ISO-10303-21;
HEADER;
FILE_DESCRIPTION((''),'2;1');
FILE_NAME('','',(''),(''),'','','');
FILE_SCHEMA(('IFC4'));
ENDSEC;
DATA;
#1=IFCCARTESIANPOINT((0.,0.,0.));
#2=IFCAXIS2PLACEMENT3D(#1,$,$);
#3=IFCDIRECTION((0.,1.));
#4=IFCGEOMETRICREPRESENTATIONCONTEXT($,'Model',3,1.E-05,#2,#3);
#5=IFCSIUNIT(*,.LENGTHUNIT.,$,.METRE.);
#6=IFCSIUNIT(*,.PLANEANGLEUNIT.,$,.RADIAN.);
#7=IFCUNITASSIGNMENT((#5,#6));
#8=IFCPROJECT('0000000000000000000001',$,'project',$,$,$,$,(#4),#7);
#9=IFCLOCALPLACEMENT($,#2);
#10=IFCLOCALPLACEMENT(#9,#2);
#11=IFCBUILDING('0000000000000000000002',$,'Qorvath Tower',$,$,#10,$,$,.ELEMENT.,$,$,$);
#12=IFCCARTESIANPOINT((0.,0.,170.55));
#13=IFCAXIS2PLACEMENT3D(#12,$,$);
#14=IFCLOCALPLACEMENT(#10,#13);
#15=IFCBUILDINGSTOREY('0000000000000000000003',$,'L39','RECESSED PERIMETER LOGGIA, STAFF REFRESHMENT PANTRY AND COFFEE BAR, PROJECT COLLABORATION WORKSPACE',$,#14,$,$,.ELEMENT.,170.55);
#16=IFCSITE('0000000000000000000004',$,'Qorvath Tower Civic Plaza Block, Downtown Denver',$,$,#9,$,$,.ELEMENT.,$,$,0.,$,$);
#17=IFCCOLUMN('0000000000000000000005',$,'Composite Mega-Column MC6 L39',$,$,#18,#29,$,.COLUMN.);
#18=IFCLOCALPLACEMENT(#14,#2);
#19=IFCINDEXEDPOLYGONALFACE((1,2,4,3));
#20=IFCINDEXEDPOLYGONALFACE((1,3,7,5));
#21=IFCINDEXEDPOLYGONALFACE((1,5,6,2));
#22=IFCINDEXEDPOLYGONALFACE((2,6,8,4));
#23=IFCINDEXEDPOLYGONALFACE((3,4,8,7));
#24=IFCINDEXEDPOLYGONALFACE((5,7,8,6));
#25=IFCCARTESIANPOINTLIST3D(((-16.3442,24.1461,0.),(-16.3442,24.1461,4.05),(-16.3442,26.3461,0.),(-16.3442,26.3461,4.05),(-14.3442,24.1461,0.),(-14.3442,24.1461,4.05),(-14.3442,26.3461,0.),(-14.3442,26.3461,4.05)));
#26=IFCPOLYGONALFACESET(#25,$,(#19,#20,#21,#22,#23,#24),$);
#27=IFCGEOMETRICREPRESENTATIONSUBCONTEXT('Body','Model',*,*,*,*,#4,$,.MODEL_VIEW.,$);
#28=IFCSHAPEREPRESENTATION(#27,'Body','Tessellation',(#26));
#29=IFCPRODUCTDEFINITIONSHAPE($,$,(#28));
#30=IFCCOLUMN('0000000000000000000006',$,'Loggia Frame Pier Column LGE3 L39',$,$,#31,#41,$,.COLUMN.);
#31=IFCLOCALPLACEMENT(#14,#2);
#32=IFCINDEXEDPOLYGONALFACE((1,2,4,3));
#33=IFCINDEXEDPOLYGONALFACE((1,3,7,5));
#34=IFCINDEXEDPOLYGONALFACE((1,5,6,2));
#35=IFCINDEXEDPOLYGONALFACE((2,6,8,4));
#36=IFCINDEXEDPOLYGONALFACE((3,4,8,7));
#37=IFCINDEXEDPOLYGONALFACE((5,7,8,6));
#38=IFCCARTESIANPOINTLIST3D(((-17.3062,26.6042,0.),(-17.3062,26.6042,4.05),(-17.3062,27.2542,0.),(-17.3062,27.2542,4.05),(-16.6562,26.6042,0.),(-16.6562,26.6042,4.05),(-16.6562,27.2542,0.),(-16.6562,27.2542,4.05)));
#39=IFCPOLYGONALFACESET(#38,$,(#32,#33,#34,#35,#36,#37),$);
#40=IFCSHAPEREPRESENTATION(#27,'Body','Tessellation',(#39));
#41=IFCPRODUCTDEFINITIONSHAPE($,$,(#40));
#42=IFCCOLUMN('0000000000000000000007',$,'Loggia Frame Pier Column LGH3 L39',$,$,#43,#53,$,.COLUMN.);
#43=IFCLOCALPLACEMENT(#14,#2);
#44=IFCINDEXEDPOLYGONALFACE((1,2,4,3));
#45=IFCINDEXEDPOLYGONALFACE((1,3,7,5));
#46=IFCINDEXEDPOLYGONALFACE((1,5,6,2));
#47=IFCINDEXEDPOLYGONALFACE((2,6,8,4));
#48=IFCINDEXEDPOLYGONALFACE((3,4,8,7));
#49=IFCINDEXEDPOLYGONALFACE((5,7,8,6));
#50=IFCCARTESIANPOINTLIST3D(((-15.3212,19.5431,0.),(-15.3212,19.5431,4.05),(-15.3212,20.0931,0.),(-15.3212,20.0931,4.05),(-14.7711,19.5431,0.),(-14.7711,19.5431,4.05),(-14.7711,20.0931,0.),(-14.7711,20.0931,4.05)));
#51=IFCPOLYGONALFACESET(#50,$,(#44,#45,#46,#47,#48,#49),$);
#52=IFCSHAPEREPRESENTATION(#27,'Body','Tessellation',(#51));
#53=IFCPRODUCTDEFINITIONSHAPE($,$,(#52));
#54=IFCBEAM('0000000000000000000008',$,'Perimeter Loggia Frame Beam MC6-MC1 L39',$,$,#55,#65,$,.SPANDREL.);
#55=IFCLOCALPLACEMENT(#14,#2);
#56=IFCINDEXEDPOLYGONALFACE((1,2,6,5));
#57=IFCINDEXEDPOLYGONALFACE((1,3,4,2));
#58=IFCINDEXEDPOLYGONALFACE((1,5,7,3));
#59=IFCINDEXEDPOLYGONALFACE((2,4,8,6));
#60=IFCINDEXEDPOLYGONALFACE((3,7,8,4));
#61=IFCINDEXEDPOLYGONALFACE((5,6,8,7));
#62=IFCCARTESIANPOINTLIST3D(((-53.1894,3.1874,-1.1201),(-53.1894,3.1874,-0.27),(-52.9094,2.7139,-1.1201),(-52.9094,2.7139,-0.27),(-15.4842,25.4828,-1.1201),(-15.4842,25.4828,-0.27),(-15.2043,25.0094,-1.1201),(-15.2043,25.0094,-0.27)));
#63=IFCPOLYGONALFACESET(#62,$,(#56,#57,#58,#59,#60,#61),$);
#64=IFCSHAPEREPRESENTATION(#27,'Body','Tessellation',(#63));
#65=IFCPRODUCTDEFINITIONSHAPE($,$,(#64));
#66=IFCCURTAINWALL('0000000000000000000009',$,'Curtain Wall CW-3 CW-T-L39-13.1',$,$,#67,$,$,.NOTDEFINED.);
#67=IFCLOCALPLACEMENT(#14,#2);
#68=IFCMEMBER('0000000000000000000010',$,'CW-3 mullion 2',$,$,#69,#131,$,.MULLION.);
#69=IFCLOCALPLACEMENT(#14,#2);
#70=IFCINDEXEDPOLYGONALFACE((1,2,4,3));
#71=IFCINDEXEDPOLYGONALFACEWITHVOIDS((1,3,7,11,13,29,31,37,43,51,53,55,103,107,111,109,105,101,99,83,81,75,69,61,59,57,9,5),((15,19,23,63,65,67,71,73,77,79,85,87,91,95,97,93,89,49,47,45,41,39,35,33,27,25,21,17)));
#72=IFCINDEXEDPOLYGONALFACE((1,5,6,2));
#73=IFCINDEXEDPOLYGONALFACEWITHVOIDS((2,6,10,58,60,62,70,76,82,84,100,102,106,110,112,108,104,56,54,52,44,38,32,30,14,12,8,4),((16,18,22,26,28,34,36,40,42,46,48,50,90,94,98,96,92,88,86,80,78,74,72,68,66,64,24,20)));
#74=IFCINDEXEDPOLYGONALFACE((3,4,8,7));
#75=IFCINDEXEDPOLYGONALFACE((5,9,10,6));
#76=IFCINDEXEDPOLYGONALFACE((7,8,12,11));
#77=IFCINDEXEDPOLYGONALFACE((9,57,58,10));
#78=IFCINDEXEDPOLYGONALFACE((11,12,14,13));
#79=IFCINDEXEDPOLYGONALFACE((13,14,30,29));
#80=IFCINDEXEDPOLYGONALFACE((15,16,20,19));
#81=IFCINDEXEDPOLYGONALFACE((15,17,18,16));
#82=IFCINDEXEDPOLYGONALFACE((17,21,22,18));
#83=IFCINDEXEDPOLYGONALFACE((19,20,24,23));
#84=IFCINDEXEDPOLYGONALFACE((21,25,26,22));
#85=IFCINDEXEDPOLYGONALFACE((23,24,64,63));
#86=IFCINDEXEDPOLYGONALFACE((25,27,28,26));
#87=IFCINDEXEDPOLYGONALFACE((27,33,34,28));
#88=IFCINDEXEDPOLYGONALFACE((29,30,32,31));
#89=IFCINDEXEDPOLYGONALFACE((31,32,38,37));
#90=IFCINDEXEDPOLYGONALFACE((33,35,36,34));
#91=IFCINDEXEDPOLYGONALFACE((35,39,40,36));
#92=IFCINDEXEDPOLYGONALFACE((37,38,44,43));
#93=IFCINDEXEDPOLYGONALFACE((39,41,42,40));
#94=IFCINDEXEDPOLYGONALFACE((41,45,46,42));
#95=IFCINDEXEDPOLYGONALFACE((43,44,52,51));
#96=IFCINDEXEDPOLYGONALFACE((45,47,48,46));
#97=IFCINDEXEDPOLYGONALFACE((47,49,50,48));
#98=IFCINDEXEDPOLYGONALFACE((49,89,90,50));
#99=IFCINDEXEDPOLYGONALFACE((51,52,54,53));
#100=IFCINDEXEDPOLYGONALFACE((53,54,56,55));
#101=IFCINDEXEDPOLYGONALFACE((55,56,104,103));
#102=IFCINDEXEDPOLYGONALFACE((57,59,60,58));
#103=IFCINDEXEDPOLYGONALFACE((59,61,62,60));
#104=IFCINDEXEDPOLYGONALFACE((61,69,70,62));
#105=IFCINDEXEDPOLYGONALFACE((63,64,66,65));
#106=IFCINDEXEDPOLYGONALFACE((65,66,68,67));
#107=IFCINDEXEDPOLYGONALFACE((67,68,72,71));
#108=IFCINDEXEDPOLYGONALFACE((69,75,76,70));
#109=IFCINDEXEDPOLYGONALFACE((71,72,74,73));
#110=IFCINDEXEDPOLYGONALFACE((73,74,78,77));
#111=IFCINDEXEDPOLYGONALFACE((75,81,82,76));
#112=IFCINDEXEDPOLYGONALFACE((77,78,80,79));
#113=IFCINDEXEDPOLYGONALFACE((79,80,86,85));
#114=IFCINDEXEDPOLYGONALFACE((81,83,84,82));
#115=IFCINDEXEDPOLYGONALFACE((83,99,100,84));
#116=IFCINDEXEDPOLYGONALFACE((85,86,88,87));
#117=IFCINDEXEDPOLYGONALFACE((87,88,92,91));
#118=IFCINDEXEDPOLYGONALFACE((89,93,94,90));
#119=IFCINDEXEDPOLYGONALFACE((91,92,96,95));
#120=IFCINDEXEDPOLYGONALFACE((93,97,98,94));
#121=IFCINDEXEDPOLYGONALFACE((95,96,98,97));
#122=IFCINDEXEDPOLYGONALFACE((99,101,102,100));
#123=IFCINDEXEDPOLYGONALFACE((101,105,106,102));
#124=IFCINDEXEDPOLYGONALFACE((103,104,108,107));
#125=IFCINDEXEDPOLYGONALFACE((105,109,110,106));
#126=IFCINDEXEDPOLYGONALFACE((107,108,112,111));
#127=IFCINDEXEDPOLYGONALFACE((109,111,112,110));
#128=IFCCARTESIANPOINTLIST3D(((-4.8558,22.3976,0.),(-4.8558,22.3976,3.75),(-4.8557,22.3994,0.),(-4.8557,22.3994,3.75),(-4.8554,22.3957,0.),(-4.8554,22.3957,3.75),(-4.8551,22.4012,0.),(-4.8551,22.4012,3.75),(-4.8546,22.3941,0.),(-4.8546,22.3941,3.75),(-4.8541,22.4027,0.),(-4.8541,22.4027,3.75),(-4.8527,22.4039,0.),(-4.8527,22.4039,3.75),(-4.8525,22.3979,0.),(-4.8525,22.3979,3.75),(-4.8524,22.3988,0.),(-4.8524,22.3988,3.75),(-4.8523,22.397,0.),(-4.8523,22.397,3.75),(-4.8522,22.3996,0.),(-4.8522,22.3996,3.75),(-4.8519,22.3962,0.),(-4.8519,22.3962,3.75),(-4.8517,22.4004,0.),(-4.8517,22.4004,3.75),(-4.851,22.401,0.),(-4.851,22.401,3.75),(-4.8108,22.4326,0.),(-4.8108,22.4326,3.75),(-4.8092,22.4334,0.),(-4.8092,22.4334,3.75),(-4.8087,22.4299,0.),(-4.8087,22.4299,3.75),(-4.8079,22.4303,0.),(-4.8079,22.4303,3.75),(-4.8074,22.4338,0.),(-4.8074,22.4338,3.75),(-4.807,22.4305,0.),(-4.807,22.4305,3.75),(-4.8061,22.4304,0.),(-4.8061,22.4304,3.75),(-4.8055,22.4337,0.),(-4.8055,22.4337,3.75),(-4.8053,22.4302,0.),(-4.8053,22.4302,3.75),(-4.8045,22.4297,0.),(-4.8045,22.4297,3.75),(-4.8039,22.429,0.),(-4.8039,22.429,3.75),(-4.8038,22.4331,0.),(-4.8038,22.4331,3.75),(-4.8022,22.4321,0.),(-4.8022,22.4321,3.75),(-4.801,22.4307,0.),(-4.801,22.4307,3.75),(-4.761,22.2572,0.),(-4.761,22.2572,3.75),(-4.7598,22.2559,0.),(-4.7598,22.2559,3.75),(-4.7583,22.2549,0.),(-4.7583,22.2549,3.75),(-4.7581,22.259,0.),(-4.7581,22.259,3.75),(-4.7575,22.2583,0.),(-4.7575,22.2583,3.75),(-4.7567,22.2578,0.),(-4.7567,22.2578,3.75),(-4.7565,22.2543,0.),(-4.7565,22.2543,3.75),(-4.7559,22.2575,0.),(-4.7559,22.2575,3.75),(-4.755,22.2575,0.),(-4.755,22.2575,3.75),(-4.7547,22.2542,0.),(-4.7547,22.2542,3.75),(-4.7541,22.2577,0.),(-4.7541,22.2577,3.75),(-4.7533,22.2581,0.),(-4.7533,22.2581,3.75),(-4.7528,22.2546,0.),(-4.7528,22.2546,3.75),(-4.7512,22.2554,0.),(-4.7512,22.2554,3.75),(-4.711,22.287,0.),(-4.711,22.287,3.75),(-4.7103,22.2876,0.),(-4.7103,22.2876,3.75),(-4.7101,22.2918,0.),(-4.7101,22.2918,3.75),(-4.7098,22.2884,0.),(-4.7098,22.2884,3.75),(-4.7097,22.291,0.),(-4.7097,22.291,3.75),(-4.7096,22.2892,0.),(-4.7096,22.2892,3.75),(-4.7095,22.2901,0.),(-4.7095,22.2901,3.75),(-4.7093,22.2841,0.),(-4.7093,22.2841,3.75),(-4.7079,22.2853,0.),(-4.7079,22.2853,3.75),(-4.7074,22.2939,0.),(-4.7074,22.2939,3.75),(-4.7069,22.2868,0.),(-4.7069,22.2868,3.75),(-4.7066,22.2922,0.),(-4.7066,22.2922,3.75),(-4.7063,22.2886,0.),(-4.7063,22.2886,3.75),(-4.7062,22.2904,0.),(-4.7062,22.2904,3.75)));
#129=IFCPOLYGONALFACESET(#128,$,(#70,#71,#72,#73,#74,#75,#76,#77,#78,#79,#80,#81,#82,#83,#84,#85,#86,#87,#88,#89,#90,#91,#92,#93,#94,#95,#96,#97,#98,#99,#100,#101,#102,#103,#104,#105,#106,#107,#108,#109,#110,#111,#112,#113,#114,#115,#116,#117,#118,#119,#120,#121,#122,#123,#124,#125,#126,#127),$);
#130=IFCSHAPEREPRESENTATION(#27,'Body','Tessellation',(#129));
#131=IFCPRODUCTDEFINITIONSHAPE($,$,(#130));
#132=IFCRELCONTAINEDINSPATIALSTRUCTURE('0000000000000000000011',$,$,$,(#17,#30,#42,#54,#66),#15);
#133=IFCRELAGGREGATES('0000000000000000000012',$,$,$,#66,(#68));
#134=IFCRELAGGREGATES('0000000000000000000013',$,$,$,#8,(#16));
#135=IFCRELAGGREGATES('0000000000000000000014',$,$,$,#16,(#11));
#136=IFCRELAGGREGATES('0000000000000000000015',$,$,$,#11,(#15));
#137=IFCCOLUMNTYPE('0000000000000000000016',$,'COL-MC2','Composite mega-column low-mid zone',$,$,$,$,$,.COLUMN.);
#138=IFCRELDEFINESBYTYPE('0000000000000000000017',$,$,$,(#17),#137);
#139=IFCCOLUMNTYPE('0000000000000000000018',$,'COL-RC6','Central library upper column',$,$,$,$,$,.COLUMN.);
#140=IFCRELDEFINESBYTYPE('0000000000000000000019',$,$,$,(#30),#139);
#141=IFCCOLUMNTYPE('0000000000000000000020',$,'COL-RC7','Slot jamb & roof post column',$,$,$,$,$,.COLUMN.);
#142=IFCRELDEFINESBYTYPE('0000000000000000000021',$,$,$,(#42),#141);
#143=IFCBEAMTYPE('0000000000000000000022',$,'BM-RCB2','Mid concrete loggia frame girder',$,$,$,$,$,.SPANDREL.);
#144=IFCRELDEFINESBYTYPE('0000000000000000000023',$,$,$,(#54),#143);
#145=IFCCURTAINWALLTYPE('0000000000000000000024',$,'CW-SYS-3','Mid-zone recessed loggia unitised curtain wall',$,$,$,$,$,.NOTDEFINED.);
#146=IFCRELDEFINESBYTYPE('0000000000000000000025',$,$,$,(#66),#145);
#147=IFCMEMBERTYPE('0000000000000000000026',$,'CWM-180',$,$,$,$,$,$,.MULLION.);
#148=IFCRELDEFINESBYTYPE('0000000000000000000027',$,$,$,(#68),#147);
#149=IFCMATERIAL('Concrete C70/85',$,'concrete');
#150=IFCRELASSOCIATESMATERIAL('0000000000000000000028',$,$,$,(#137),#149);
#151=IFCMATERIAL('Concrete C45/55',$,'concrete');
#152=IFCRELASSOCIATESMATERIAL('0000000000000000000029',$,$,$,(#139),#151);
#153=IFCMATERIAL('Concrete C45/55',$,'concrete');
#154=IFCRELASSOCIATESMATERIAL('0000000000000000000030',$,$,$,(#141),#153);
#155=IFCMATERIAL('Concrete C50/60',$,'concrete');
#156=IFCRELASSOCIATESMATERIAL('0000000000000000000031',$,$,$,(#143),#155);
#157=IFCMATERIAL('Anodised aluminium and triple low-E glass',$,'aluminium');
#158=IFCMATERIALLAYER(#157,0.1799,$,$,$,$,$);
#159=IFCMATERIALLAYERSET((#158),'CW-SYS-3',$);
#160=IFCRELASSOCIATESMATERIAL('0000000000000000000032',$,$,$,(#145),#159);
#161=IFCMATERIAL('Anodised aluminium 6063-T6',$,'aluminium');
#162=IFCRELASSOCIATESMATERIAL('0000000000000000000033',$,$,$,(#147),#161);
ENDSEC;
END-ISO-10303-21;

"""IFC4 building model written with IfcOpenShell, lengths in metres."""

from ifc_helpers import new_model, si_unit, direction, frame, origin, origin_2d, place, context, subcontext, project, spatial, rectangle, hollow_rectangle, extrude, material, layer, layer_set, material_profile, profile_set, type_object, element, aggregate, save


model = new_model("IFC4")

# Units and contexts
model_context = context("Model", 3, precision=1e-05, world=origin(), true_north=direction((0.0, 1.0)))
body_context = subcontext(model_context, "Body", "Model", "MODEL_VIEW")
ifc_project = project(units=[si_unit("LENGTHUNIT", "METRE"), si_unit("PLANEANGLEUNIT", "RADIAN")], contexts=[model_context])

# Site, building, storey
site_placement = place(None, origin())
site = spatial("IfcSite", under=ifc_project, at=site_placement, Name="Qorvath Tower Civic Plaza Block, Downtown Denver", CompositionType="ELEMENT", RefElevation=0.0)
building_placement = place(site_placement, origin())
building = spatial("IfcBuilding", under=site, at=building_placement, Name="Qorvath Tower", CompositionType="ELEMENT")
storey_placement = place(building_placement, frame((0.0, 0.0, 170.55)))
storey = spatial("IfcBuildingStorey", under=building, at=storey_placement, Name="L39", Description="RECESSED PERIMETER LOGGIA, STAFF REFRESHMENT PANTRY AND COFFEE BAR, PROJECT COLLABORATION WORKSPACE", CompositionType="ELEMENT", Elevation=170.55)

# Columns
ifc_material_1 = material(Name="Concrete C70/85", Category="concrete")
ifc_material_profile_1 = material_profile(ifc_material_1, rectangle(XDim=2.0, YDim=2.2, at=origin_2d()), Name="MC 2200x2000")
ifc_profile_set_1 = profile_set([ifc_material_profile_1], Name="Concrete C70/85")
column_type_1 = type_object("IfcColumnType", Name="COL-MC2", Description="Composite mega-column low-mid zone", PredefinedType="COLUMN", material=ifc_profile_set_1)
column_1_placement = place(storey_placement, frame((-15.3442, 25.2461, 0.0), z_axis=(0.0, 0.0, 1.0), x_axis=(1.0, 0.0, 0.0)))
element("IfcColumn", 1, at=column_1_placement, inside=storey, type_object=column_type_1, Name="Composite Mega-Column MC6 L39", PredefinedType="COLUMN", context=body_context, shape_type="SweptSolid", body=[
    extrude(rectangle(XDim=2.0, YDim=2.2, at=origin_2d()), origin(), (0.0, 0.0, 1.0), 4.05),
])
ifc_material_2 = material(Name="Concrete C45/55", Category="concrete")
ifc_material_profile_2 = material_profile(ifc_material_2, rectangle(XDim=0.6499, YDim=0.6499, at=origin_2d()), Name="RC 650x650")
ifc_profile_set_2 = profile_set([ifc_material_profile_2], Name="Concrete C45/55")
column_type_2 = type_object("IfcColumnType", Name="COL-RC6", Description="Central library upper column", PredefinedType="COLUMN", material=ifc_profile_set_2)
column_2_placement = place(storey_placement, frame((-16.9812, 26.9292, 0.0), z_axis=(0.0, 0.0, 1.0), x_axis=(1.0, 0.0, 0.0)))
element("IfcColumn", 2, at=column_2_placement, inside=storey, type_object=column_type_2, Name="Loggia Frame Pier Column LGE3 L39", PredefinedType="COLUMN", context=body_context, shape_type="SweptSolid", body=[
    extrude(rectangle(XDim=0.6499, YDim=0.6499, at=origin_2d()), origin(), (0.0, 0.0, 1.0), 4.05),
])
ifc_material_3 = material(Name="Concrete C45/55", Category="concrete")
ifc_material_profile_3 = material_profile(ifc_material_3, rectangle(XDim=0.55, YDim=0.55, at=origin_2d()), Name="RC 550x550")
ifc_profile_set_3 = profile_set([ifc_material_profile_3], Name="Concrete C45/55")
column_type_3 = type_object("IfcColumnType", Name="COL-RC7", Description="Slot jamb & roof post column", PredefinedType="COLUMN", material=ifc_profile_set_3)
column_3_placement = place(storey_placement, frame((-15.0461, 19.8181, 0.0), z_axis=(0.0, 0.0, 1.0), x_axis=(1.0, 0.0, 0.0)))
element("IfcColumn", 3, at=column_3_placement, inside=storey, type_object=column_type_3, Name="Loggia Frame Pier Column LGH3 L39", PredefinedType="COLUMN", context=body_context, shape_type="SweptSolid", body=[
    extrude(rectangle(XDim=0.55, YDim=0.55, at=origin_2d()), origin(), (0.0, 0.0, 1.0), 4.05),
])

# Beam
ifc_material_4 = material(Name="Concrete C50/60", Category="concrete")
ifc_material_profile_4 = material_profile(ifc_material_4, rectangle(XDim=0.55, YDim=0.8501, at=origin_2d()), Name="RCB 850x550")
ifc_profile_set_4 = profile_set([ifc_material_profile_4], Name="Concrete C50/60")
beam_type = type_object("IfcBeamType", Name="BM-RCB2", Description="Mid concrete loggia frame girder", PredefinedType="SPANDREL", material=ifc_profile_set_4)
beam_placement = place(storey_placement, frame((-15.3442, 25.2461, -0.6951), z_axis=(-0.860775, -0.508985, 0.0), x_axis=(0.508985, -0.860775, 0.0)))
element("IfcBeam", 4, at=beam_placement, inside=storey, type_object=beam_type, Name="Perimeter Loggia Frame Beam MC6-MC1 L39", PredefinedType="SPANDREL", context=body_context, shape_type="SweptSolid", body=[
    extrude(rectangle(XDim=0.55, YDim=0.8501, at=origin_2d()), origin(), (0.0, 0.0, 1.0), 43.8037),
])

# Curtain wall, member
ifc_material_5 = material(Name="Anodised aluminium and triple low-E glass", Category="aluminium")
ifc_layer_1 = layer(ifc_material_5, 0.1799)
ifc_layer_set_1 = layer_set([ifc_layer_1], Name="CW-SYS-3")
curtain_wall_type = type_object("IfcCurtainWallType", Name="CW-SYS-3", Description="Mid-zone recessed loggia unitised curtain wall", PredefinedType="NOTDEFINED", material=ifc_layer_set_1)
curtain_wall_1_placement = place(storey_placement, origin())
curtain_wall_1 = element("IfcCurtainWall", 5, at=curtain_wall_1_placement, inside=storey, type_object=curtain_wall_type, Name="Curtain Wall CW-3 CW-T-L39-13.1", PredefinedType="NOTDEFINED")
ifc_material_6 = material(Name="Anodised aluminium 6063-T6", Category="aluminium")
ifc_material_profile_5 = material_profile(ifc_material_6, hollow_rectangle(XDim=0.0649, YDim=0.1799, WallThickness=0.0034, InnerFilletRadius=0.0034, OuterFilletRadius=0.0071, at=origin_2d()), Name="CWM 180x65")
ifc_profile_set_5 = profile_set([ifc_material_profile_5], Name="Anodised aluminium 6063-T6")
member_type_1 = type_object("IfcMemberType", Name="CWM-180", PredefinedType="MULLION", material=ifc_profile_set_5)
member_1_placement = place(storey_placement, frame((-4.781, 22.344, 0.0), z_axis=(0.0, 0.0, 1.0), x_axis=(-0.825525, -0.564366, 0.0)))
member_1 = element("IfcMember", 6, at=member_1_placement, type_object=member_type_1, Name="CW-3 mullion 2", PredefinedType="MULLION", context=body_context, shape_type="SweptSolid", body=[
    extrude(hollow_rectangle(XDim=0.0649, YDim=0.1799, WallThickness=0.0034, InnerFilletRadius=0.0034, OuterFilletRadius=0.0071, at=origin_2d()), origin(), (0.0, 0.0, 1.0), 3.75),
])

aggregate(curtain_wall_1, [member_1])

save(model, "model.ifc")
